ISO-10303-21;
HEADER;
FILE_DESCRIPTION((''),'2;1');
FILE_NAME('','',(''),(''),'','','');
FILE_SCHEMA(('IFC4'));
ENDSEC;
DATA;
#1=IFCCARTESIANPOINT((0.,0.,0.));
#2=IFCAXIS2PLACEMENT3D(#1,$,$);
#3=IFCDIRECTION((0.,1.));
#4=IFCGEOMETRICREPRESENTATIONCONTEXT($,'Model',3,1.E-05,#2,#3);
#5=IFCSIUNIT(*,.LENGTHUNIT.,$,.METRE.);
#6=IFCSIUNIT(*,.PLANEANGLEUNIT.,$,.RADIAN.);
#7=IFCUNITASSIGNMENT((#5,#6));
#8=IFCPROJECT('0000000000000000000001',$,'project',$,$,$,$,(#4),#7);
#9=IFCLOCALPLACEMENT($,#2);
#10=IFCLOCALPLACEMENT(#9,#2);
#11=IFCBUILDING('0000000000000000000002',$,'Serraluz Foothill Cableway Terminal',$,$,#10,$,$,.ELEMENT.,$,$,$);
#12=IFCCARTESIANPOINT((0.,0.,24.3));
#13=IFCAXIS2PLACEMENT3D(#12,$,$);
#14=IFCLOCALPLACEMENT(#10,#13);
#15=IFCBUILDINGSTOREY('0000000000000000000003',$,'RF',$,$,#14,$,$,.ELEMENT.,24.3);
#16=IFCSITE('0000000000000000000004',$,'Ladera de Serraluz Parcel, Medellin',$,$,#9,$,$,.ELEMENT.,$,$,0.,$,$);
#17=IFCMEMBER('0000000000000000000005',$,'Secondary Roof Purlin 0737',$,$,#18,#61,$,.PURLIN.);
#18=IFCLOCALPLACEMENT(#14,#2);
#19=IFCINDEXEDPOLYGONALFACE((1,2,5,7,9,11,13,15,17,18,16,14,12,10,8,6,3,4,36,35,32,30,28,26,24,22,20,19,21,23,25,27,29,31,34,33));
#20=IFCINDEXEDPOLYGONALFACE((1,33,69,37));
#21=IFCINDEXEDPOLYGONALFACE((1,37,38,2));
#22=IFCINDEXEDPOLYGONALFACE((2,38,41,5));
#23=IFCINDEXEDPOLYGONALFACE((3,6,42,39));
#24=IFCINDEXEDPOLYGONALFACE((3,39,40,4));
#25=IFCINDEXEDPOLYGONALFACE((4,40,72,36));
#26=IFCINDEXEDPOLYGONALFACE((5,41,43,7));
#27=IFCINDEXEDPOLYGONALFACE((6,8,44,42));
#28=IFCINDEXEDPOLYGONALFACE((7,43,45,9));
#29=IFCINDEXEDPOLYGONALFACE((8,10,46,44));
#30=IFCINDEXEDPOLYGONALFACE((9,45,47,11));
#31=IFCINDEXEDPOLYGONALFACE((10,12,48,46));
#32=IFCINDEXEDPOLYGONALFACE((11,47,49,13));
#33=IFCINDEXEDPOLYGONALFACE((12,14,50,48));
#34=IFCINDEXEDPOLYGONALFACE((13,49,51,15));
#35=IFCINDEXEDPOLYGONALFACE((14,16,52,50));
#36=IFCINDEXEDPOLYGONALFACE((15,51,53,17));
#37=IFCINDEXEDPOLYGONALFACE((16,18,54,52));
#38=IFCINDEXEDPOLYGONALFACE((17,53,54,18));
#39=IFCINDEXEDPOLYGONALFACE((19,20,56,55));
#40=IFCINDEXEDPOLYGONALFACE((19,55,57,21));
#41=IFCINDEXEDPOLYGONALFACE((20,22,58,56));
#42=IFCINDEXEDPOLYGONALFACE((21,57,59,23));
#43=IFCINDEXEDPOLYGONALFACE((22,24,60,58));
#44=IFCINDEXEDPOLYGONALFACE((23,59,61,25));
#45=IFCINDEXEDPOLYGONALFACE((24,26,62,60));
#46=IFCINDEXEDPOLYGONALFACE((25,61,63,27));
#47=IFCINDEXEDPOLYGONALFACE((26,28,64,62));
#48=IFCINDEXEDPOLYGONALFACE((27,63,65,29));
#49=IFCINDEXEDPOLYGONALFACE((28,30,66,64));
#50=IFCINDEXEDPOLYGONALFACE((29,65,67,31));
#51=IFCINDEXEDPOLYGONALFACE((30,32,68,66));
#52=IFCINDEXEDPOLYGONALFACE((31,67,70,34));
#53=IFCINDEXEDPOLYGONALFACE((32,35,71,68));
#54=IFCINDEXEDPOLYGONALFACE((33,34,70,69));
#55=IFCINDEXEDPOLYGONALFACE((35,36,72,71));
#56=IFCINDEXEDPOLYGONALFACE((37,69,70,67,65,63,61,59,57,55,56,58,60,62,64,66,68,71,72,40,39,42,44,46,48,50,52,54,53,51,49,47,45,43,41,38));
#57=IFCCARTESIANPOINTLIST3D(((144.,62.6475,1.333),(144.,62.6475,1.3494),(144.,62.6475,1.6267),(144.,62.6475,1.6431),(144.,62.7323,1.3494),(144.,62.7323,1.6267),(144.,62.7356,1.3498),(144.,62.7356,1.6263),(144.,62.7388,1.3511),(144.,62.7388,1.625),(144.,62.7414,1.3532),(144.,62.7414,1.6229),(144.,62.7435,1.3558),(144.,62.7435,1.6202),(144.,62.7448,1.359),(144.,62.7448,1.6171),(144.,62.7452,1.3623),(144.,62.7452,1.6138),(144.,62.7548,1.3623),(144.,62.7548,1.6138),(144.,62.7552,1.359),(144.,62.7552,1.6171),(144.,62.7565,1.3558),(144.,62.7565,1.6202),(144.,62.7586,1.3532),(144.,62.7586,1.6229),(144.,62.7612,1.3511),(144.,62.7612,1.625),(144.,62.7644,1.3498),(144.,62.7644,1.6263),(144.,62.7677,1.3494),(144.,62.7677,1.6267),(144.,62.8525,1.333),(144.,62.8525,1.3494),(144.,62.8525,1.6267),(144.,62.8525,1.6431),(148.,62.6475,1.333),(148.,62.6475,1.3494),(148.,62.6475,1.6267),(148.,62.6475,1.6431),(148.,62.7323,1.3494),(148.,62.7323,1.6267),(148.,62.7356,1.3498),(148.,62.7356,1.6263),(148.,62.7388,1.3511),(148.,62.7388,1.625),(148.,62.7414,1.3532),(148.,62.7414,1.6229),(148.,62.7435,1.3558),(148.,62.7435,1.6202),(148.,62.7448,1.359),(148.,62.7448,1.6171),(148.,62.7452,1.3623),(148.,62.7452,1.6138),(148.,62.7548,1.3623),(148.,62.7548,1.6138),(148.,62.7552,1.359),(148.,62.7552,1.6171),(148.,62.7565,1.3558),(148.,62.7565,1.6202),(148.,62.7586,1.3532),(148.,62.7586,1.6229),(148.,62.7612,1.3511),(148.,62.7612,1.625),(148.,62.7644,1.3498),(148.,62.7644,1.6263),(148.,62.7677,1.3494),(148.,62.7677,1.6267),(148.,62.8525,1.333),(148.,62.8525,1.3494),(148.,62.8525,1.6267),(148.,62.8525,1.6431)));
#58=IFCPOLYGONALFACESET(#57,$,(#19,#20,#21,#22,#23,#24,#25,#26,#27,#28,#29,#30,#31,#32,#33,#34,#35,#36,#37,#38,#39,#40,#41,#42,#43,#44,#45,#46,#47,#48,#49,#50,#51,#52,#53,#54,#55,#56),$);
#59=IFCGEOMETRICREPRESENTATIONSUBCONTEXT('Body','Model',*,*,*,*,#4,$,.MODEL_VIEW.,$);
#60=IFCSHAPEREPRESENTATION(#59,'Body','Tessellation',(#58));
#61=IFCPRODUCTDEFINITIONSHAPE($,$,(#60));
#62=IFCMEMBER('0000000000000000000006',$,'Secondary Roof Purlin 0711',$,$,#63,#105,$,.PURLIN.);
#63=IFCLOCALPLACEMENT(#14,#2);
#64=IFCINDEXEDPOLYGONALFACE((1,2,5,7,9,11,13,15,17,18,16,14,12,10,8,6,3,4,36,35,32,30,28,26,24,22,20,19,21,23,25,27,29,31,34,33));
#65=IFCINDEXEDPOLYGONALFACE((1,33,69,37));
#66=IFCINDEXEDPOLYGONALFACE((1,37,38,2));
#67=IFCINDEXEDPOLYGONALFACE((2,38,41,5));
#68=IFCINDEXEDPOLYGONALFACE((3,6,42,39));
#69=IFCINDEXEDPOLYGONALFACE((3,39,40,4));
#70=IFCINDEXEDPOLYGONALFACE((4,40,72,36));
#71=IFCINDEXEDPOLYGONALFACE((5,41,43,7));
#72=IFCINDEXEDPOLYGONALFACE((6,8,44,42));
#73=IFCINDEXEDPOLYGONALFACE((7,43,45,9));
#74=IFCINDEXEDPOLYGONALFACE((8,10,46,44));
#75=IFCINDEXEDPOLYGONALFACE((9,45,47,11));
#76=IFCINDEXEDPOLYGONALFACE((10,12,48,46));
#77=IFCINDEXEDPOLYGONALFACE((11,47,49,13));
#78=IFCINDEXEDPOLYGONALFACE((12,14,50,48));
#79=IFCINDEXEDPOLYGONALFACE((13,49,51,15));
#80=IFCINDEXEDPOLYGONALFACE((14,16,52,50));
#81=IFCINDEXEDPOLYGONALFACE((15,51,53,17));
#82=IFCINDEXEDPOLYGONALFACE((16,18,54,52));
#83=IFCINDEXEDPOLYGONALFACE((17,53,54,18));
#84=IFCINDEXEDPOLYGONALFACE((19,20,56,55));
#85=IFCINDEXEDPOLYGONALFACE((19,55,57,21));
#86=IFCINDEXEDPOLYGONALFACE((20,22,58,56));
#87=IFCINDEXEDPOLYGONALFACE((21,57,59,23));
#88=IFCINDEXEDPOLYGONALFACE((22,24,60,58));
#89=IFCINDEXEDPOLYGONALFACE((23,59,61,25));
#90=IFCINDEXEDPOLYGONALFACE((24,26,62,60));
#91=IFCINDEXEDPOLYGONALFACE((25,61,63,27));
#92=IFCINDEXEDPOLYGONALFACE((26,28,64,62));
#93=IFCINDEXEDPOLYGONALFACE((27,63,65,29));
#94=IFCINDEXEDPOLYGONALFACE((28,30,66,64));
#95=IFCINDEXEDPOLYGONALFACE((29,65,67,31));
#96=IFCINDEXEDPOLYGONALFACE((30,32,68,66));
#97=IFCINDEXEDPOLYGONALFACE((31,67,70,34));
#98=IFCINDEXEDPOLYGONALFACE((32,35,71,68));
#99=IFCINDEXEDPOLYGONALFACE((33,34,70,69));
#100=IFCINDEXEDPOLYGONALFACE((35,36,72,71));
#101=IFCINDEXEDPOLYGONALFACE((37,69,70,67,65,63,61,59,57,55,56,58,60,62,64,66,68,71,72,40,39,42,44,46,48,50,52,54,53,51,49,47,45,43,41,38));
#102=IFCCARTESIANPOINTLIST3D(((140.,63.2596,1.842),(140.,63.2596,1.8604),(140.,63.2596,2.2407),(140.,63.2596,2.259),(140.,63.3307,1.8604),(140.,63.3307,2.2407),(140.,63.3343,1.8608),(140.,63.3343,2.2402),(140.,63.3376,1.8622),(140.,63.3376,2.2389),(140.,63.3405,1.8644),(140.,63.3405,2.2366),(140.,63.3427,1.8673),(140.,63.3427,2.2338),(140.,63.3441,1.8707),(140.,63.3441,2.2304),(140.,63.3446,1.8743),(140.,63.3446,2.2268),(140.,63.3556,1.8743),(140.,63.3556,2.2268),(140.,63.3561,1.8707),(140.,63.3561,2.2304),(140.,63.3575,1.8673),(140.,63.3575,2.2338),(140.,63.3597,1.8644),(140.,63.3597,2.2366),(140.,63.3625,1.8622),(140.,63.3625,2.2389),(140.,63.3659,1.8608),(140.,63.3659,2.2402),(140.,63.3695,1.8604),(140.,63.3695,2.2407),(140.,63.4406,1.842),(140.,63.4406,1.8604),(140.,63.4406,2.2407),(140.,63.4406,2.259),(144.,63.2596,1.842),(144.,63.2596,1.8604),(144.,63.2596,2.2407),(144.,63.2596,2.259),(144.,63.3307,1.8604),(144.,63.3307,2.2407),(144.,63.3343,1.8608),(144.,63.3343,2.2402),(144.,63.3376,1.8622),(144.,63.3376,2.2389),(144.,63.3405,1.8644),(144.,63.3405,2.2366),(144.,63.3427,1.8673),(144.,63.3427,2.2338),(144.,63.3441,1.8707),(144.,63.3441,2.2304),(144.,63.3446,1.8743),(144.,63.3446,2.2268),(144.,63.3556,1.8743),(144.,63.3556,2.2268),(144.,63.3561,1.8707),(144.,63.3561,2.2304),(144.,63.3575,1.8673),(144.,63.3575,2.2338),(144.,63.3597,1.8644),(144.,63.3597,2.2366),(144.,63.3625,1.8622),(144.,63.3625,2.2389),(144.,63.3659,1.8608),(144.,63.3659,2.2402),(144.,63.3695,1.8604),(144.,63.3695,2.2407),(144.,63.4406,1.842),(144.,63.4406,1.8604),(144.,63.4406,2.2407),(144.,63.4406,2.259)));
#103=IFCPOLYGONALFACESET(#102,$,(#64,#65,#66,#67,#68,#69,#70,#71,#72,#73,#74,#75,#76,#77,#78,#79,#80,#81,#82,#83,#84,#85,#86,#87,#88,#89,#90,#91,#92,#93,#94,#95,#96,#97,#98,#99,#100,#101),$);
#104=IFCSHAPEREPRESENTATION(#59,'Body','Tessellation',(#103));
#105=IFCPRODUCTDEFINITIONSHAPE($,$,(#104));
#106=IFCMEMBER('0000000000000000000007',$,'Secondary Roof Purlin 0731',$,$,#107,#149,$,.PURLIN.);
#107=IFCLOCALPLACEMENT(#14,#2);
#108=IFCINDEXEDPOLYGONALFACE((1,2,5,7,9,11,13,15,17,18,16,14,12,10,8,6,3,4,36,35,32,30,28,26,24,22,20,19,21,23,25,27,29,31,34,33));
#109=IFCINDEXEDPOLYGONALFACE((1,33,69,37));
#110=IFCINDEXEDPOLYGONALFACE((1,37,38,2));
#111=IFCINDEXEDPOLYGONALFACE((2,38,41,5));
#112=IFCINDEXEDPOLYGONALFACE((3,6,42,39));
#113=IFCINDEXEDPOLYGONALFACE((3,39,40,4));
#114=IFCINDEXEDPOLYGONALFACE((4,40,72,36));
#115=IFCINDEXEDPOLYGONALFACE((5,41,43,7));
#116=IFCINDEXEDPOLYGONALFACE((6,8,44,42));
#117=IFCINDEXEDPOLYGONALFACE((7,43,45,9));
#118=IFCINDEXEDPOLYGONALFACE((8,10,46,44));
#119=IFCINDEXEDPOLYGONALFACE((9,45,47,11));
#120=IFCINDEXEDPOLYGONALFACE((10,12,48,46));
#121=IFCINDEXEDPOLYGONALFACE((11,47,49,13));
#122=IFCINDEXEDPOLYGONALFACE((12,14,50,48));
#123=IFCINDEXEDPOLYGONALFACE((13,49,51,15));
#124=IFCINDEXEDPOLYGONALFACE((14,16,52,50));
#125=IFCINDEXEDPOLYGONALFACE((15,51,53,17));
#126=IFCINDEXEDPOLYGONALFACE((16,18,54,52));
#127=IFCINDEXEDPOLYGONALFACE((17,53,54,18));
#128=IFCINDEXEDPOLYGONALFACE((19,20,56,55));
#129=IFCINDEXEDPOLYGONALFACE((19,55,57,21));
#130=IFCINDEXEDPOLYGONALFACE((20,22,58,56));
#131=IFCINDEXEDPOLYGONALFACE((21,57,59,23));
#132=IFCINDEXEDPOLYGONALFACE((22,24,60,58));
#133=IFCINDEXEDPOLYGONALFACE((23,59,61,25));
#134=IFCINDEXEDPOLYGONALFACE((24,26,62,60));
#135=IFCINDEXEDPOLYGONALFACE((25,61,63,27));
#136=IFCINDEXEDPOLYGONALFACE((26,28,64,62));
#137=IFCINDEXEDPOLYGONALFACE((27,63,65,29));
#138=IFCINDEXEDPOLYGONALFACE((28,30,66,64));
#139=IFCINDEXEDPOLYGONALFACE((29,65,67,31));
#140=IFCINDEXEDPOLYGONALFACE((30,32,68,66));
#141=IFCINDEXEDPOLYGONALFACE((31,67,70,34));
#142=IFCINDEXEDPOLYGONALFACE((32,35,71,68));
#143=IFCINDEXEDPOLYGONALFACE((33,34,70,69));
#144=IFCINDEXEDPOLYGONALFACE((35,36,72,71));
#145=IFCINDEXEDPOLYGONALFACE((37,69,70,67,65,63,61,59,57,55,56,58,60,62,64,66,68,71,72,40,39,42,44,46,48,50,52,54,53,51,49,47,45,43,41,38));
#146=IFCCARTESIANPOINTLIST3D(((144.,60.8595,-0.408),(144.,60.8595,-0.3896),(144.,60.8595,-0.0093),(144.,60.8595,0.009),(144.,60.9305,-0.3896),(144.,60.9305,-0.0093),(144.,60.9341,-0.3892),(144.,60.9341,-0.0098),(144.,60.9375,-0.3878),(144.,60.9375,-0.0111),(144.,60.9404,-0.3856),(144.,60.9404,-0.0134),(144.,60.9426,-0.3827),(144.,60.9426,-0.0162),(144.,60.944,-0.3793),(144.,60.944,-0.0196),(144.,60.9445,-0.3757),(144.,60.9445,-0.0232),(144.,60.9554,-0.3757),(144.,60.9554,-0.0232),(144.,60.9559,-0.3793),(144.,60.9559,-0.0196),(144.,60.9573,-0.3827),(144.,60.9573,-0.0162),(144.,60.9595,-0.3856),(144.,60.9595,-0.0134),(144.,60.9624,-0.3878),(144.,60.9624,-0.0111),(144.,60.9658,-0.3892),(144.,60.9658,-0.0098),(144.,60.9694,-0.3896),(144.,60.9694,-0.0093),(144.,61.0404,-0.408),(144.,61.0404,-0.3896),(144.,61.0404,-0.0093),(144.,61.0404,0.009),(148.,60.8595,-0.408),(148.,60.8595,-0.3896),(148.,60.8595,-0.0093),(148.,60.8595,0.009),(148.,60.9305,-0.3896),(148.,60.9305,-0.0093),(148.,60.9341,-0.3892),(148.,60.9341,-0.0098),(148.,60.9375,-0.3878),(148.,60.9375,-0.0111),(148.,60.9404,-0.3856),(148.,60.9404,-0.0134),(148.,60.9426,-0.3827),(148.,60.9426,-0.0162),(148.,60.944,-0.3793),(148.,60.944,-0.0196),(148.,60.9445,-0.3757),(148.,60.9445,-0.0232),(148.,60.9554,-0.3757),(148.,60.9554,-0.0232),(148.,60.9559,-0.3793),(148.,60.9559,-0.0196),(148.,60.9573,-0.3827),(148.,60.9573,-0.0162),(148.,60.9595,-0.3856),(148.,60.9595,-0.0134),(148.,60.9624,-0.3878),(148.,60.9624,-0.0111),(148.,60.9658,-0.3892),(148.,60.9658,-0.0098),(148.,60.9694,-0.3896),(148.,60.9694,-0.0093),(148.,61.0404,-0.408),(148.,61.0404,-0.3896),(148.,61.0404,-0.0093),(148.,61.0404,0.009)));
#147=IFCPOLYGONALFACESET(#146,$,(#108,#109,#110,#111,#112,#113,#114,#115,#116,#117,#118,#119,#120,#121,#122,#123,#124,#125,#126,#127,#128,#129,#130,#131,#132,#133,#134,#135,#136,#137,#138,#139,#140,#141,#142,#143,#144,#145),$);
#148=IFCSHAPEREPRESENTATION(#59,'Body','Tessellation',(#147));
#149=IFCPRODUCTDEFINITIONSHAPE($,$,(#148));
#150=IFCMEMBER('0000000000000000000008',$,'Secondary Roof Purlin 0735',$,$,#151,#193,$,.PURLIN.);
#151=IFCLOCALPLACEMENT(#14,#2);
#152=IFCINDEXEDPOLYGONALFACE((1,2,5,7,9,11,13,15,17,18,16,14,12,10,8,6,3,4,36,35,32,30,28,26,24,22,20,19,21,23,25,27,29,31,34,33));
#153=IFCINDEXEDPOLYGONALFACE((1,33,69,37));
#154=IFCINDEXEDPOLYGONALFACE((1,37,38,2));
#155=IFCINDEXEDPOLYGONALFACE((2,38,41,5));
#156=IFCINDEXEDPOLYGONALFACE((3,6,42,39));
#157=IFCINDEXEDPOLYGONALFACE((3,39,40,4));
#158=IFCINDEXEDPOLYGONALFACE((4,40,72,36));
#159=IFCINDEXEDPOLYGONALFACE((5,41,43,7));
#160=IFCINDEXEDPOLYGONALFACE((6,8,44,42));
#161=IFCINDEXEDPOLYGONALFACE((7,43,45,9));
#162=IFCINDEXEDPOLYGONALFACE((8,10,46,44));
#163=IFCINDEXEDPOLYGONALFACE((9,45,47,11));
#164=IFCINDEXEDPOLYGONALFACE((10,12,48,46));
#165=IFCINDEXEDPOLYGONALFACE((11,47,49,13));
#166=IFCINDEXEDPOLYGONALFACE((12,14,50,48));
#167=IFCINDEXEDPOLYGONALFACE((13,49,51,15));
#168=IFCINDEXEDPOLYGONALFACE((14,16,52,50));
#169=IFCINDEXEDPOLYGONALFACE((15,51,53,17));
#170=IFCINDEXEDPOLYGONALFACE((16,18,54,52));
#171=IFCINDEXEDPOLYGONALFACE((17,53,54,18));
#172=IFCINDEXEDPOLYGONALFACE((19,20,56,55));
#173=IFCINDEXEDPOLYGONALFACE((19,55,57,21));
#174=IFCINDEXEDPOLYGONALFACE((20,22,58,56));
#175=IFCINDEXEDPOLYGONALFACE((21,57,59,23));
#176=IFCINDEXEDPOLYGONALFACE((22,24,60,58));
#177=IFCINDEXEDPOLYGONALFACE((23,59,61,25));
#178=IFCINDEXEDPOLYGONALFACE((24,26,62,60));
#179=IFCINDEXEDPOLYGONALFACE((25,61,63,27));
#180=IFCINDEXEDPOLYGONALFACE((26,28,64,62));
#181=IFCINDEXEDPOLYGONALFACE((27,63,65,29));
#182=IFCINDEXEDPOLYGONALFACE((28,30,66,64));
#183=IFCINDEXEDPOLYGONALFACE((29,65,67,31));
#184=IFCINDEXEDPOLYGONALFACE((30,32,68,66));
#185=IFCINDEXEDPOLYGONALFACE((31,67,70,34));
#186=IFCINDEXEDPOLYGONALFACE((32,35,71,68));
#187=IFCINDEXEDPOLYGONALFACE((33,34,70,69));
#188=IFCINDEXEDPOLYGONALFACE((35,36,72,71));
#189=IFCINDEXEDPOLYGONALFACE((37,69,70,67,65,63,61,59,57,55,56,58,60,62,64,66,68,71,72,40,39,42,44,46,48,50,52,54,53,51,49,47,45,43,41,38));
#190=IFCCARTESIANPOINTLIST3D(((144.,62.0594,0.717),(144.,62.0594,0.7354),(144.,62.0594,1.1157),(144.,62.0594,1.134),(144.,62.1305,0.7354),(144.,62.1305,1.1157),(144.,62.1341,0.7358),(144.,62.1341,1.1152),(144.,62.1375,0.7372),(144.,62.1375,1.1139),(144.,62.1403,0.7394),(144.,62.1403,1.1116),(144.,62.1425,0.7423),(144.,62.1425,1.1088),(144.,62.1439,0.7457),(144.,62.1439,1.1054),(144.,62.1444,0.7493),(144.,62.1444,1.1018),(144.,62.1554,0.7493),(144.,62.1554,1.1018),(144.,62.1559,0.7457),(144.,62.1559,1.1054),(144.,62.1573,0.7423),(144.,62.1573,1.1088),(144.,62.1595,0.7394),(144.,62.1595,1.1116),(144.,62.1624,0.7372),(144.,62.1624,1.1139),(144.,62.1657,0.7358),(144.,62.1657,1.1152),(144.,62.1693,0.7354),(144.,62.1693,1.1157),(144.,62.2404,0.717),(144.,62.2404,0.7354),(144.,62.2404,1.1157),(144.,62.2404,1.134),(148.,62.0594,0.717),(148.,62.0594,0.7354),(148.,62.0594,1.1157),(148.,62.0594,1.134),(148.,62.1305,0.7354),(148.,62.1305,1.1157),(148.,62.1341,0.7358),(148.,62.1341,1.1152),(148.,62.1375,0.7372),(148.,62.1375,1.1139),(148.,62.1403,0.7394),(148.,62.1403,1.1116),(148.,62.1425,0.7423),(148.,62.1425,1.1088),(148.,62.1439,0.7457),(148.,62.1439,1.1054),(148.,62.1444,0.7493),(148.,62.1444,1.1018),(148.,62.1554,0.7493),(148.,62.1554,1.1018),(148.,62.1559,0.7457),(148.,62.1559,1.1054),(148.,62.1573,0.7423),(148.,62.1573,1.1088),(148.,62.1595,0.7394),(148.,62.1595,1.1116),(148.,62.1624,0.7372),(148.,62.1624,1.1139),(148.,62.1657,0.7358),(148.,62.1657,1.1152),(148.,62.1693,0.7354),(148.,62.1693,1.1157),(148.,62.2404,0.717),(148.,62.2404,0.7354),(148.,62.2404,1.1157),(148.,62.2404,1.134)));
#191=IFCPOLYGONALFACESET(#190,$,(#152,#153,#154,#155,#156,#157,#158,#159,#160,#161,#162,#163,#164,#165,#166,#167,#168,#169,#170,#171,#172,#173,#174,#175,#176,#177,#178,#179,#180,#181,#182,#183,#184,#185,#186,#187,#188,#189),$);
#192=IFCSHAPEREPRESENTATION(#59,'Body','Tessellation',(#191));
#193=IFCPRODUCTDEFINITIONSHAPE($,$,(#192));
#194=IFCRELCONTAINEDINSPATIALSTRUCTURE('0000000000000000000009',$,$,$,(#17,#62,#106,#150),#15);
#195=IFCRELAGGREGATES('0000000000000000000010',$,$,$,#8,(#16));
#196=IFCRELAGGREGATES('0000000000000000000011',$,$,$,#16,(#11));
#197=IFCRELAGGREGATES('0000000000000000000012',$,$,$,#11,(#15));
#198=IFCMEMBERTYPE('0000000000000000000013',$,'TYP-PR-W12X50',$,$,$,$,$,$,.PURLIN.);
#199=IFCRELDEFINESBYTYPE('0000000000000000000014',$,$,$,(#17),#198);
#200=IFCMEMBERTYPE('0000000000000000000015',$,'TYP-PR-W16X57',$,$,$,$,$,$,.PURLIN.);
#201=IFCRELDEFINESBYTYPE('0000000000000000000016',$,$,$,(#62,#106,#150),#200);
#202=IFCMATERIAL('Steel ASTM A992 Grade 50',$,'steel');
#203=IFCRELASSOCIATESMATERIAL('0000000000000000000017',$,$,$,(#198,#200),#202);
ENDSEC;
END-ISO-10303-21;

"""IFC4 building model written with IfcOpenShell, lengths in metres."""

from ifc_helpers import new_model, si_unit, direction, frame, origin, origin_2d, place, context, subcontext, project, spatial, i_section, extrude, material, material_profile, profile_set, type_object, element, save


model = new_model("IFC4")

# Units and contexts
model_context = context("Model", 3, precision=1e-05, world=origin(), true_north=direction((0.0, 1.0)))
body_context = subcontext(model_context, "Body", "Model", "MODEL_VIEW")
ifc_project = project(units=[si_unit("LENGTHUNIT", "METRE"), si_unit("PLANEANGLEUNIT", "RADIAN")], contexts=[model_context])

# Site, building, storey
site_placement = place(None, origin())
site = spatial("IfcSite", under=ifc_project, at=site_placement, Name="Ladera de Serraluz Parcel, Medellin", CompositionType="ELEMENT", RefElevation=0.0)
building_placement = place(site_placement, origin())
building = spatial("IfcBuilding", under=site, at=building_placement, Name="Serraluz Foothill Cableway Terminal", CompositionType="ELEMENT")
storey_placement = place(building_placement, frame((0.0, 0.0, 24.3)))
storey = spatial("IfcBuildingStorey", under=building, at=storey_placement, Name="RF", CompositionType="ELEMENT", Elevation=24.3)

# Members
ifc_material_1 = material(Name="Steel ASTM A992 Grade 50", Category="steel")
ifc_material_profile_1 = material_profile(ifc_material_1, i_section(OverallWidth=0.2051, OverallDepth=0.3101, WebThickness=0.0095, FlangeThickness=0.0164, FilletRadius=0.0129, at=origin_2d()), Name="W12X50")
ifc_profile_set_1 = profile_set([ifc_material_profile_1], Name="Steel ASTM A992 Grade 50")
member_type_1 = type_object("IfcMemberType", Name="TYP-PR-W12X50", PredefinedType="PURLIN", material=ifc_profile_set_1)
for number, where, z_axis, x_axis, name in (
    (1, (144.0, 62.75, 1.488), (1.0, 0.0, 0.0), (0.0, 1.0, 0.0), "Secondary Roof Purlin 0737"),
):
    element("IfcMember", number, at=place(storey_placement, frame(where, z_axis=z_axis, x_axis=x_axis)), inside=storey, type_object=member_type_1, Name=name, PredefinedType="PURLIN", context=body_context, shape_type="SweptSolid", body=[
        extrude(i_section(OverallWidth=0.2051, OverallDepth=0.3101, WebThickness=0.0095, FlangeThickness=0.0164, FilletRadius=0.0129, at=origin_2d()), origin(), (0.0, 0.0, 1.0), 4.0),
    ])
ifc_material_profile_2 = material_profile(ifc_material_1, i_section(OverallWidth=0.1809, OverallDepth=0.417, WebThickness=0.011, FlangeThickness=0.0183, FilletRadius=0.0139, at=origin_2d()), Name="W16X57")
ifc_profile_set_2 = profile_set([ifc_material_profile_2], Name="Steel ASTM A992 Grade 50")
member_type_2 = type_object("IfcMemberType", Name="TYP-PR-W16X57", PredefinedType="PURLIN", material=ifc_profile_set_2)
for number, where, z_axis, x_axis, name in (
    (2, (140.0, 63.3501, 2.0505), (1.0, 0.0, 0.0), (0.0, 1.0, 0.0), "Secondary Roof Purlin 0711"),
    (3, (144.0, 60.95, -0.1995), (1.0, 0.0, 0.0), (0.0, 1.0, 0.0), "Secondary Roof Purlin 0731"),
    (4, (144.0, 62.1499, 0.9255), (1.0, 0.0, 0.0), (0.0, 1.0, 0.0), "Secondary Roof Purlin 0735"),
):
    element("IfcMember", number, at=place(storey_placement, frame(where, z_axis=z_axis, x_axis=x_axis)), inside=storey, type_object=member_type_2, Name=name, PredefinedType="PURLIN", context=body_context, shape_type="SweptSolid", body=[
        extrude(i_section(OverallWidth=0.1809, OverallDepth=0.417, WebThickness=0.011, FlangeThickness=0.0183, FilletRadius=0.0139, at=origin_2d()), origin(), (0.0, 0.0, 1.0), 4.0),
    ])

save(model, "model.ifc")
